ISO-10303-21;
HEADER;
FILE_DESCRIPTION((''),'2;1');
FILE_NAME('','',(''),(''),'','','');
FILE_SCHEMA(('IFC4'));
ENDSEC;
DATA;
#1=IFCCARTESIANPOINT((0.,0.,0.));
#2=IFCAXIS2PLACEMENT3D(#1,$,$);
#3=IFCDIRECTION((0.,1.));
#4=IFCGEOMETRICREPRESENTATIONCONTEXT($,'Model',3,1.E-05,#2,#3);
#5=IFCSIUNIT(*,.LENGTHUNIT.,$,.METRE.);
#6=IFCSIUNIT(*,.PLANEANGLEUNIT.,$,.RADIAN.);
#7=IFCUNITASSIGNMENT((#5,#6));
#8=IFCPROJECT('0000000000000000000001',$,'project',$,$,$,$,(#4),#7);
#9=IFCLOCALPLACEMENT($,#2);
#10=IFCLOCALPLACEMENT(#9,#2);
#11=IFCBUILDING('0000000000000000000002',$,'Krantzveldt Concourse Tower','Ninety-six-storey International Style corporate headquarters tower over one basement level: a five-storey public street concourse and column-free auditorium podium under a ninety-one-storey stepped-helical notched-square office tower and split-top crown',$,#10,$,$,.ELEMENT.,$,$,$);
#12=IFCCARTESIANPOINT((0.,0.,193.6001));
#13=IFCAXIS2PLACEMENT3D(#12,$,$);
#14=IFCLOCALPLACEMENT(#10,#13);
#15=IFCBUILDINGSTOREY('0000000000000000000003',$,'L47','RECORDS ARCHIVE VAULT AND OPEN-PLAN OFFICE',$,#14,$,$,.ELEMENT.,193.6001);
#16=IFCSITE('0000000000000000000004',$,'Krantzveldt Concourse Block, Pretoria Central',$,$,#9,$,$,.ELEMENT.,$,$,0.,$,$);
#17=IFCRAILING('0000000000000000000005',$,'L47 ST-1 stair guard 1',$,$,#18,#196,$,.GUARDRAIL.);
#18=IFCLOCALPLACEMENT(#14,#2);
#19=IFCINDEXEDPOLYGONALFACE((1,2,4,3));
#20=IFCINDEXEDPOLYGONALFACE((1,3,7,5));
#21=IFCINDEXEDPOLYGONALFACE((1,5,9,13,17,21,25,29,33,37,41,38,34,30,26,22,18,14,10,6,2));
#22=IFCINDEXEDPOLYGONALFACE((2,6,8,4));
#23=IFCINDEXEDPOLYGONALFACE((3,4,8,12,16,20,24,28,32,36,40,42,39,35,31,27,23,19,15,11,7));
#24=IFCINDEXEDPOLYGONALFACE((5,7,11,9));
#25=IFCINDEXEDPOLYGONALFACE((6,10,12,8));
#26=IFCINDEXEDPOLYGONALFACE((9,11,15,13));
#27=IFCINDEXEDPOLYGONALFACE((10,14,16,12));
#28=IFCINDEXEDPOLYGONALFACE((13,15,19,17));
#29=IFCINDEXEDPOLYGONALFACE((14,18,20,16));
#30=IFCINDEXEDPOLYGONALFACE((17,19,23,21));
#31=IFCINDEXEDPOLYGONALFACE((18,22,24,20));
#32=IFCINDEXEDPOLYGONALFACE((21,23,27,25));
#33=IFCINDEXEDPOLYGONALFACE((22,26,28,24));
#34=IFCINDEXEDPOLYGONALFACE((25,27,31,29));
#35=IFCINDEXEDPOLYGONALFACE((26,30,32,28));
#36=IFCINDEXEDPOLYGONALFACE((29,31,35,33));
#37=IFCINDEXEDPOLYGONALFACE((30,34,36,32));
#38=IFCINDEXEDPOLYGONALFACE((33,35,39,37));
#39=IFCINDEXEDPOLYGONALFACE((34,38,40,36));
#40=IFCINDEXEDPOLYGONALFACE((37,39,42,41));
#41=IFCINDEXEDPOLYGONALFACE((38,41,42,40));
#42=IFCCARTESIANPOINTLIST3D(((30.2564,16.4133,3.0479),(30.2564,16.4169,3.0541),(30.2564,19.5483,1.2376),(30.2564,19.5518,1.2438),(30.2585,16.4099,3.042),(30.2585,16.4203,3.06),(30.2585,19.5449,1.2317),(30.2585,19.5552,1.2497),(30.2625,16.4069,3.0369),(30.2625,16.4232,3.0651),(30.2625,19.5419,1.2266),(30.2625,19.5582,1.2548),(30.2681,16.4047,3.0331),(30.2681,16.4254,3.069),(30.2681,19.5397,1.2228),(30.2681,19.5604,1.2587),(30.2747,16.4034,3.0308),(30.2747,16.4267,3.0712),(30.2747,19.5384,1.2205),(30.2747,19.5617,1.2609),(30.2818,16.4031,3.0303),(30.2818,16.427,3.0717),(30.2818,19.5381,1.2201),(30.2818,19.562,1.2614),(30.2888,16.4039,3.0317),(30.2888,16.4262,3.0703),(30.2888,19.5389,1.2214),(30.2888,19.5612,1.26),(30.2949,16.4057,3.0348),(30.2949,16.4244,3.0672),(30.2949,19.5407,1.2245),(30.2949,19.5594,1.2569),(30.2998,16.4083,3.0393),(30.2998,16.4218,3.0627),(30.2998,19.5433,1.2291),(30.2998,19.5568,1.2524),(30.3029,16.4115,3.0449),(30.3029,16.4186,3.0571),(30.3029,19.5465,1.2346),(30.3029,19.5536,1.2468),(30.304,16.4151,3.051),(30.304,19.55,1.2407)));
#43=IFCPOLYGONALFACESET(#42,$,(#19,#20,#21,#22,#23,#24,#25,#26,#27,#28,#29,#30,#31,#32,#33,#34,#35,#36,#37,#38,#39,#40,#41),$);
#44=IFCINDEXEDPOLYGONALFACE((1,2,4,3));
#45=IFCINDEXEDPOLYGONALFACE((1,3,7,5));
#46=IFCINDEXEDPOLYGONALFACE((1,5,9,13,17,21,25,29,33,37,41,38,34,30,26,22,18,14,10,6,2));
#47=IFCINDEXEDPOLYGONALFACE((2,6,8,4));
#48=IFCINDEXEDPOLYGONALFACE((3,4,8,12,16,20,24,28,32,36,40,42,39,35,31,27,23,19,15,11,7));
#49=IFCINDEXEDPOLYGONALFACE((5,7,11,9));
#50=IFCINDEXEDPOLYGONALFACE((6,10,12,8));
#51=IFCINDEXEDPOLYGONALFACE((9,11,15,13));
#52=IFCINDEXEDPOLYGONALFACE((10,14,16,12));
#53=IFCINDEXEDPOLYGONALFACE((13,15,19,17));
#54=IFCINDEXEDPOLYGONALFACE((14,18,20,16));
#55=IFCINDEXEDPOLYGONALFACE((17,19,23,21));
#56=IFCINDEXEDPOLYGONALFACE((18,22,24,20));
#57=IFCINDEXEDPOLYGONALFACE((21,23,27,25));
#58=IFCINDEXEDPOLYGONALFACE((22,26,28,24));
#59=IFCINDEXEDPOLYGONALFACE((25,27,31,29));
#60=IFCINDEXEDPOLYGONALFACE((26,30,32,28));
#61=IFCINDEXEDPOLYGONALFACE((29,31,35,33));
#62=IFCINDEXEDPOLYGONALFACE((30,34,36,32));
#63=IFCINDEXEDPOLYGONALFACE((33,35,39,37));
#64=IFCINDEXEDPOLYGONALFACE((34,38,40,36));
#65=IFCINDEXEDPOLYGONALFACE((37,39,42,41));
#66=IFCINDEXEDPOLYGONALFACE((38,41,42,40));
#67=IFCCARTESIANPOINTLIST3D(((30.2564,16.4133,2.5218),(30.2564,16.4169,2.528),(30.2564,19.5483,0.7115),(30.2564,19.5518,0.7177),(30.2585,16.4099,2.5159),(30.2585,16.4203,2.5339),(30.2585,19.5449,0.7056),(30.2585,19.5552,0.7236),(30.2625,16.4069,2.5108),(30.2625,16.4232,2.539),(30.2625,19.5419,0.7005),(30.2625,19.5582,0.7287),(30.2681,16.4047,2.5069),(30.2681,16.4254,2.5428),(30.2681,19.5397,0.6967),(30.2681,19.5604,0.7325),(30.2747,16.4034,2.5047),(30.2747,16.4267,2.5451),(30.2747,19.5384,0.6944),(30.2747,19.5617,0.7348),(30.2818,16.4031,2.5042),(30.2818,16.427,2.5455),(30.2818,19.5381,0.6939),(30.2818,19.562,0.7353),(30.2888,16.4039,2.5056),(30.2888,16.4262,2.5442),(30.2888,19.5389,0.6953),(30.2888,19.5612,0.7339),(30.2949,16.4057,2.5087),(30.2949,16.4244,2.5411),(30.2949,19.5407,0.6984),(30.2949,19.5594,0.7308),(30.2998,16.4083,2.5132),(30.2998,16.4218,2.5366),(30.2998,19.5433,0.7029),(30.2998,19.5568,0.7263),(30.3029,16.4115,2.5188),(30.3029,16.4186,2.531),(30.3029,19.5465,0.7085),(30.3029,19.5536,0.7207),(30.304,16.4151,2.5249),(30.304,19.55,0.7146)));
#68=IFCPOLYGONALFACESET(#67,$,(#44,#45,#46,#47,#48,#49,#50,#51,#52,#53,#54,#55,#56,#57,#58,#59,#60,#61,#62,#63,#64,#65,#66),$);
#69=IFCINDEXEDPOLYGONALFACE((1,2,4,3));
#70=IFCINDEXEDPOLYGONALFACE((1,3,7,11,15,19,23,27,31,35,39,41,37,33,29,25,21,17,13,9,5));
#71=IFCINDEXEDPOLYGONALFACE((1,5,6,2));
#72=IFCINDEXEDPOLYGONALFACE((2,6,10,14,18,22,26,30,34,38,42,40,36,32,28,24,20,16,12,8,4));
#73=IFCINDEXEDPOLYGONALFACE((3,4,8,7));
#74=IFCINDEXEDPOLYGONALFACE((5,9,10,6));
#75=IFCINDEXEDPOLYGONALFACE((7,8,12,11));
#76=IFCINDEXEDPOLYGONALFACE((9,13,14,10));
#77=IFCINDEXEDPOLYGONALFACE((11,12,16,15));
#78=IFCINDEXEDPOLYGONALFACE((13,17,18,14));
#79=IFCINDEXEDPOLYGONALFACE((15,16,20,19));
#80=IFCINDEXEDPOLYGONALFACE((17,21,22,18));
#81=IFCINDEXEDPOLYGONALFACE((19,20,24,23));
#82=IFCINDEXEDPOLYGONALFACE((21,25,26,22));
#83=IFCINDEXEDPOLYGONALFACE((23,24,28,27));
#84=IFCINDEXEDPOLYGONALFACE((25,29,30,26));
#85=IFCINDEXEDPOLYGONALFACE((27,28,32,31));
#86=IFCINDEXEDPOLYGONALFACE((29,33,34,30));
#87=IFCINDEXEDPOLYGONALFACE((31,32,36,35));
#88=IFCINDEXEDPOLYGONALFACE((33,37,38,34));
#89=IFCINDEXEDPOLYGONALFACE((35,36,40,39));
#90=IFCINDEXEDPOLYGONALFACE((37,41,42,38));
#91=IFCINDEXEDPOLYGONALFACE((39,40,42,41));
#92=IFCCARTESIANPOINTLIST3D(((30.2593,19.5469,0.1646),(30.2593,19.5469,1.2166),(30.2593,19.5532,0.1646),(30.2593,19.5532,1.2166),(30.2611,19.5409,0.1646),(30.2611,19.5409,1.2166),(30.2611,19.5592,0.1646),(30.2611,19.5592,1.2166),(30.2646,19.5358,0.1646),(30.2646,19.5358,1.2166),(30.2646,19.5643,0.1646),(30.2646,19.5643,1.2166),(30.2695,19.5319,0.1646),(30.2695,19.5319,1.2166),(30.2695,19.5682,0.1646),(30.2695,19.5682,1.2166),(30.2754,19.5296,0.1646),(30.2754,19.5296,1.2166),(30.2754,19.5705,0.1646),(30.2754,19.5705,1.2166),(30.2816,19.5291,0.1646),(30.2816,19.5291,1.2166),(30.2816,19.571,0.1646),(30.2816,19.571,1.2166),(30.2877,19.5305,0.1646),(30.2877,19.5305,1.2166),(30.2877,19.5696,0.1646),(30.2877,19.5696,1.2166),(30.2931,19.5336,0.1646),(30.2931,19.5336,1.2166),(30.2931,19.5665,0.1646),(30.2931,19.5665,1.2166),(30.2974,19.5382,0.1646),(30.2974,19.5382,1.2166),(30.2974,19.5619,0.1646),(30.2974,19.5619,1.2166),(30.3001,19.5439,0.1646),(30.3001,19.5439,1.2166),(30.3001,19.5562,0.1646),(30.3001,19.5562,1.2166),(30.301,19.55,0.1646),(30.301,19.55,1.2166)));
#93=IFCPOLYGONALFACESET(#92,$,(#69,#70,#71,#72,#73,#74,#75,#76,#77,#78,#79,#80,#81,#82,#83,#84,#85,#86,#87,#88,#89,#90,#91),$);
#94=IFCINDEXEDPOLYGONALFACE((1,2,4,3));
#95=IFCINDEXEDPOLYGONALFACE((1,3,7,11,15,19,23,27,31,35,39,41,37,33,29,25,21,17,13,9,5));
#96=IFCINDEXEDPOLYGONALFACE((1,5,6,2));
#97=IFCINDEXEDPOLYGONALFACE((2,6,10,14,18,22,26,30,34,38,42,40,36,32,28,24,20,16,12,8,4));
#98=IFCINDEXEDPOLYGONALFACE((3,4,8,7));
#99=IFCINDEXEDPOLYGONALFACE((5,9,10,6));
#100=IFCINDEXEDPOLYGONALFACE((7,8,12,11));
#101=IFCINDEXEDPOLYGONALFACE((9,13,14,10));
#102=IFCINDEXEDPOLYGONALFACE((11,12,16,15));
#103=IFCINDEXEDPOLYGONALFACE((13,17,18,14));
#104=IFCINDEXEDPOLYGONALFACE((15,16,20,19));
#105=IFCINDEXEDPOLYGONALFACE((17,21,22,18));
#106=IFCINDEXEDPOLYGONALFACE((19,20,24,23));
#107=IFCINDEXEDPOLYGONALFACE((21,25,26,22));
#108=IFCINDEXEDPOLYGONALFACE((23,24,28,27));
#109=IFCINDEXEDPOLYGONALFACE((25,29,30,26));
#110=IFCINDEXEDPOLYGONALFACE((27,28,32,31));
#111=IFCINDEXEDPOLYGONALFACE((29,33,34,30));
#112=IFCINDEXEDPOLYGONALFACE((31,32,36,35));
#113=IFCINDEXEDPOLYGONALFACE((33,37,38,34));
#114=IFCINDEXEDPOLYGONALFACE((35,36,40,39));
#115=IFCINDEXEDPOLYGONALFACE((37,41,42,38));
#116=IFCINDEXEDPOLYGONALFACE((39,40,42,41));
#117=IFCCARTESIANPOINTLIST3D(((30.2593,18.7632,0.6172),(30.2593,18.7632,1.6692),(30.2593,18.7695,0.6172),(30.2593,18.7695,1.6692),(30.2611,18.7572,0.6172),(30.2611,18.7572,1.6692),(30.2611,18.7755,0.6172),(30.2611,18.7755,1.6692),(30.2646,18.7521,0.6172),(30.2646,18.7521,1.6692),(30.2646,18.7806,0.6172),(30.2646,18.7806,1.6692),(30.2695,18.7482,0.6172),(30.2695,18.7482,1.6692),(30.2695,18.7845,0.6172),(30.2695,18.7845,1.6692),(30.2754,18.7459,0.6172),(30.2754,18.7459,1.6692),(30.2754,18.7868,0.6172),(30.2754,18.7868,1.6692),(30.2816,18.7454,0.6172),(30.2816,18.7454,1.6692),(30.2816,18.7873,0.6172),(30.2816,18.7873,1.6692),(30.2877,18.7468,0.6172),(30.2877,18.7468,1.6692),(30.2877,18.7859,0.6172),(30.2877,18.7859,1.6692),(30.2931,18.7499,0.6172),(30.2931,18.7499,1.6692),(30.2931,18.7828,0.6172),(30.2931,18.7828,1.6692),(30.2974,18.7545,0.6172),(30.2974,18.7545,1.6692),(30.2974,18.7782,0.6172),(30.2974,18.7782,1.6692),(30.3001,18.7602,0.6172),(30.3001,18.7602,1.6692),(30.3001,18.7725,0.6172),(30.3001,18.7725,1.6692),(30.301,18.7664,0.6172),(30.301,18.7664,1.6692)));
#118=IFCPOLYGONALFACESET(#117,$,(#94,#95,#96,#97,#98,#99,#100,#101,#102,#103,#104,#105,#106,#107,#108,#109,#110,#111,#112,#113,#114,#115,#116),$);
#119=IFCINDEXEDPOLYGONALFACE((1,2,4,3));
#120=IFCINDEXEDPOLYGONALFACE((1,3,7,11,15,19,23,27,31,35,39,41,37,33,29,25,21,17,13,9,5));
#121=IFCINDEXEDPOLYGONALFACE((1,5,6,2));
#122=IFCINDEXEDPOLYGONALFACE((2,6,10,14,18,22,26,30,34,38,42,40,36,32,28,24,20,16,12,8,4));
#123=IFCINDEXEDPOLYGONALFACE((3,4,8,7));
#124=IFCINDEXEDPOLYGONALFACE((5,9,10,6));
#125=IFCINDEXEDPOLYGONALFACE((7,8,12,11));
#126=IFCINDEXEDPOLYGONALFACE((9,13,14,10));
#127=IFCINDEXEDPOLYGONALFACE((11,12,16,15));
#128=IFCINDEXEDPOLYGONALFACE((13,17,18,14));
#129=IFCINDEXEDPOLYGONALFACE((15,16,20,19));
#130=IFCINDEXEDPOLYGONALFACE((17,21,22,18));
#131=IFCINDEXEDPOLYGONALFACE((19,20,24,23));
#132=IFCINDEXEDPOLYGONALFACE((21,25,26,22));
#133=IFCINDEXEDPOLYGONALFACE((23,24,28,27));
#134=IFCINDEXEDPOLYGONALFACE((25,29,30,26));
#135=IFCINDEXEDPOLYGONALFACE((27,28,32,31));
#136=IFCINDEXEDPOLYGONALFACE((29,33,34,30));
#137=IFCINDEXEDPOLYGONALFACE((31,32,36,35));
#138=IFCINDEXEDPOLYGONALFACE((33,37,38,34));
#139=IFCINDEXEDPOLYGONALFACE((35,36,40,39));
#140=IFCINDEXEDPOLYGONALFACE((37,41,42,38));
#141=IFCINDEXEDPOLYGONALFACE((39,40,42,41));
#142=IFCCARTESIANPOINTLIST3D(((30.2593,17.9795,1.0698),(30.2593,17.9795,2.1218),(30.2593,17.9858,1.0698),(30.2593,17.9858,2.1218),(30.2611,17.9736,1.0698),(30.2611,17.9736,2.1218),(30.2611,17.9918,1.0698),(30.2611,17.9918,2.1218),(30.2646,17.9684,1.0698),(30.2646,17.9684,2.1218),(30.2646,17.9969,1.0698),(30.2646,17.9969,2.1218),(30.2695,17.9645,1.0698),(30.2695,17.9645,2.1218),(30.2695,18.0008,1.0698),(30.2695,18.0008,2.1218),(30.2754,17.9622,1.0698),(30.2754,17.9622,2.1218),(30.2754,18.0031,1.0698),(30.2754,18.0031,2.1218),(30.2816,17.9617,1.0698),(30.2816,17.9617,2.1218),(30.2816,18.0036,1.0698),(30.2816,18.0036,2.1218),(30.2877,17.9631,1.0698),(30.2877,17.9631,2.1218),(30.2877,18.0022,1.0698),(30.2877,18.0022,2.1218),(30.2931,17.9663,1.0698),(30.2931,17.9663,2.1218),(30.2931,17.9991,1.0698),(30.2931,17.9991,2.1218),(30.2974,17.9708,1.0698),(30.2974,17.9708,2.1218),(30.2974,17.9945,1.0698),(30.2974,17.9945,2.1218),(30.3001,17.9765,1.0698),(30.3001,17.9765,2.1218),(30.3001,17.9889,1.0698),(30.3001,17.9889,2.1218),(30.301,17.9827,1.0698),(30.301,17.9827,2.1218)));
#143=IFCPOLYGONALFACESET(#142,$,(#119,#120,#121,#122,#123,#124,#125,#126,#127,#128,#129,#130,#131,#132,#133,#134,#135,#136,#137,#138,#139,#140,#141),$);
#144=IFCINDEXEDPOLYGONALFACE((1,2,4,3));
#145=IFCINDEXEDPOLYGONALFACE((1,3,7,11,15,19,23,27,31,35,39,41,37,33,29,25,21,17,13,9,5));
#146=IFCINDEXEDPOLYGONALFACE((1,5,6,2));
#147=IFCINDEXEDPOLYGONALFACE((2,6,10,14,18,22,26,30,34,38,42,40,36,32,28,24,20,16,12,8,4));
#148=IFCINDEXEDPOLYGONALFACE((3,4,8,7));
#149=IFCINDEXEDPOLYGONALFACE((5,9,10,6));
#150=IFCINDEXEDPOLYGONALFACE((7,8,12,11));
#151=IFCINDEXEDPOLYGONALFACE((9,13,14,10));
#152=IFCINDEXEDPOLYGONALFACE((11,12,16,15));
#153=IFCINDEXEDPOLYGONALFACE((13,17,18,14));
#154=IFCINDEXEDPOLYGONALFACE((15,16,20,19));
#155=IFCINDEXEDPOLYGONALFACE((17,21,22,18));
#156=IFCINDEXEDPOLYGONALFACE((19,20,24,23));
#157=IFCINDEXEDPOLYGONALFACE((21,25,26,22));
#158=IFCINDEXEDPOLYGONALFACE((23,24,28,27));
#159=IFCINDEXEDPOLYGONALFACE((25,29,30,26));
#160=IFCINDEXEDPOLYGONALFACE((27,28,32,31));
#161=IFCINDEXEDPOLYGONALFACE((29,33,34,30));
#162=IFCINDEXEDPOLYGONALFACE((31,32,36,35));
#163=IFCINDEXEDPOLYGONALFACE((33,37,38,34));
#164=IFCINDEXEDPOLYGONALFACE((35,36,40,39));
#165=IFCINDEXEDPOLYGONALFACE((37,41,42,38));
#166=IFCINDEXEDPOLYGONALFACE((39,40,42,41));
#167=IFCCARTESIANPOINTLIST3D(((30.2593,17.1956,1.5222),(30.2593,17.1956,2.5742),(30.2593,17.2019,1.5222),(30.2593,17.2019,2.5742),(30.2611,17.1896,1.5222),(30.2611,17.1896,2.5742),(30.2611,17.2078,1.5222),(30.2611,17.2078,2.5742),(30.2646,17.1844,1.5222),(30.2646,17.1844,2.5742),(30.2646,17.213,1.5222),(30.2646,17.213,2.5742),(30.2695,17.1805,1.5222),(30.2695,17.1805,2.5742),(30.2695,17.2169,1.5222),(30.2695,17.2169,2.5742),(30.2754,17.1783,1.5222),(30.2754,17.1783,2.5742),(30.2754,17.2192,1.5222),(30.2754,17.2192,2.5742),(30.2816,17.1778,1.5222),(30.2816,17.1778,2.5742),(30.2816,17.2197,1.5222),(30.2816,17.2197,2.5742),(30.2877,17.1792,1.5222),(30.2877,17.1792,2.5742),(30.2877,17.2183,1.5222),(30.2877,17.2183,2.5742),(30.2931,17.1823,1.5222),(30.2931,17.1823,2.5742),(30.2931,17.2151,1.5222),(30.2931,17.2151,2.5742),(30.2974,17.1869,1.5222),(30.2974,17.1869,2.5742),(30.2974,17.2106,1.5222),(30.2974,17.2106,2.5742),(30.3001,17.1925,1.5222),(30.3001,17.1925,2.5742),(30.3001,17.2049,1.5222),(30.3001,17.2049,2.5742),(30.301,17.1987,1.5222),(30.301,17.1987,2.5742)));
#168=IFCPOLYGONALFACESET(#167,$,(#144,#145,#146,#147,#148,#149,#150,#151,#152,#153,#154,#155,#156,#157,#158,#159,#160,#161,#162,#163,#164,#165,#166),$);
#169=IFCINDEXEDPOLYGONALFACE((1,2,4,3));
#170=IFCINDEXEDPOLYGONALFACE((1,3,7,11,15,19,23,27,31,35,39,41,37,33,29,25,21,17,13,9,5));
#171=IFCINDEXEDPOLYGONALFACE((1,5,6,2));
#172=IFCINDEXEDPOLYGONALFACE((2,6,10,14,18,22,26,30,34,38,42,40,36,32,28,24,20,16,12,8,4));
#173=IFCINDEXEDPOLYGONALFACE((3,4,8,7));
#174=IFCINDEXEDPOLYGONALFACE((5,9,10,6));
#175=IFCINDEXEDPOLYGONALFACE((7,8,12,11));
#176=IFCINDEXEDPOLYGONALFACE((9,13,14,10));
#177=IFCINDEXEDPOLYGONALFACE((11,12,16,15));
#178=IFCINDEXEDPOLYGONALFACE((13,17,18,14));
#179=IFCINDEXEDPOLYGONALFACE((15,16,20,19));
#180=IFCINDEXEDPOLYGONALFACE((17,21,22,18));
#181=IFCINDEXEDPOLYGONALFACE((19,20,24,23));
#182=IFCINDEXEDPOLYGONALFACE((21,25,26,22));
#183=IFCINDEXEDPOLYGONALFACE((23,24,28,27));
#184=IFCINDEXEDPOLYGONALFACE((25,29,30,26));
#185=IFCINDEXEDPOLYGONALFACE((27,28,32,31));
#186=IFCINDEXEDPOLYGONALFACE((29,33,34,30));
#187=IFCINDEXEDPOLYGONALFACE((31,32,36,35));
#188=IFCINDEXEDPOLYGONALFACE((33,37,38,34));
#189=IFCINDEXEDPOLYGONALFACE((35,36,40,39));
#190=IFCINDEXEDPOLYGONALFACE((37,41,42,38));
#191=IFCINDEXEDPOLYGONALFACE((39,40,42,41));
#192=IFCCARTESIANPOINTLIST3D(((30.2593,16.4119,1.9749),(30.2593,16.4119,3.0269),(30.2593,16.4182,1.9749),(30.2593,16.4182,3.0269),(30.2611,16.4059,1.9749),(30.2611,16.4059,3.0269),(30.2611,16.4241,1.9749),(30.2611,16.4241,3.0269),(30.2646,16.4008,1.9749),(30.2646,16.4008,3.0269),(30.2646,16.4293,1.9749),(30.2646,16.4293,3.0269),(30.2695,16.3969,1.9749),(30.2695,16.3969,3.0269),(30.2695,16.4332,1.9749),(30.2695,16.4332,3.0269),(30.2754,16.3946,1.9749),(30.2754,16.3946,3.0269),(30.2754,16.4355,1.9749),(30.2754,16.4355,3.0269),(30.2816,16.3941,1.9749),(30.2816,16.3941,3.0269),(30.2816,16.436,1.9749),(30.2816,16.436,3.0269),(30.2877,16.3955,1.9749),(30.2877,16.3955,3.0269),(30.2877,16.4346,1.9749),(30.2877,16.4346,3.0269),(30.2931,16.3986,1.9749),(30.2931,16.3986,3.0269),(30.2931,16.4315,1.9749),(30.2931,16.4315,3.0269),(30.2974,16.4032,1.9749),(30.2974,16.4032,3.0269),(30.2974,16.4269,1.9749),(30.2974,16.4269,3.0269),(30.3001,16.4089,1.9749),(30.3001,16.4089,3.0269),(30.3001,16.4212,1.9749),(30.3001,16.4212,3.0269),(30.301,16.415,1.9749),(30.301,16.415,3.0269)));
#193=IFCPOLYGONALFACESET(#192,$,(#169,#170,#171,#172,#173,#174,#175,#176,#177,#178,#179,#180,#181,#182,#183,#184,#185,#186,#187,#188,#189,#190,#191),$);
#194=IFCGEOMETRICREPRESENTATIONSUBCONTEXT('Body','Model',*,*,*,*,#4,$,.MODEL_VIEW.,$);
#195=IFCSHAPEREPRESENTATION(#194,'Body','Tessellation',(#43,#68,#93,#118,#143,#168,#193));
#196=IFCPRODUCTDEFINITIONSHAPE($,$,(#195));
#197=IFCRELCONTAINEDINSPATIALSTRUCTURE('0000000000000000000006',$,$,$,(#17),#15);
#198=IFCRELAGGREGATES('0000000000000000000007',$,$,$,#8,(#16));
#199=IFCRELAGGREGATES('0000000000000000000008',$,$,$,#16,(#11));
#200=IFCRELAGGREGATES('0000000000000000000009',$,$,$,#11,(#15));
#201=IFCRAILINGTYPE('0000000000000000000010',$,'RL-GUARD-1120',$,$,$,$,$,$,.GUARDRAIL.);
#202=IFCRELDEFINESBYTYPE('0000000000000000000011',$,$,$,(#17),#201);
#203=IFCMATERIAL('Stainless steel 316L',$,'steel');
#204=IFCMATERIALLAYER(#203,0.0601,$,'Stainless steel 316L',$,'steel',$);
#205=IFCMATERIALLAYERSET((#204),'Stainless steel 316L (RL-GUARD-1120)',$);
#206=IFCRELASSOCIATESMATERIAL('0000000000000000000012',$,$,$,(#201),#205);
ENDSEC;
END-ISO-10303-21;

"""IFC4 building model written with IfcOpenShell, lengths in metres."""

from ifc_helpers import new_model, si_unit, direction, frame, origin, origin_2d, place, context, subcontext, project, spatial, circle, extrude, material, layer, layer_set, type_object, element, save


model = new_model("IFC4")

# Units and contexts
model_context = context("Model", 3, precision=1e-05, world=origin(), true_north=direction((0.0, 1.0)))
body_context = subcontext(model_context, "Body", "Model", "MODEL_VIEW")
ifc_project = project(units=[si_unit("LENGTHUNIT", "METRE"), si_unit("PLANEANGLEUNIT", "RADIAN")], contexts=[model_context])

# Site, building, storey
site_placement = place(None, origin())
site = spatial("IfcSite", under=ifc_project, at=site_placement, Name="Krantzveldt Concourse Block, Pretoria Central", CompositionType="ELEMENT", RefElevation=0.0)
building_placement = place(site_placement, origin())
building = spatial("IfcBuilding", under=site, at=building_placement, Name="Krantzveldt Concourse Tower", Description="Ninety-six-storey International Style corporate headquarters tower over one basement level: a five-storey public street concourse and column-free auditorium podium under a ninety-one-storey stepped-helical notched-square office tower and split-top crown", CompositionType="ELEMENT")
storey_placement = place(building_placement, frame((0.0, 0.0, 193.6001)))
storey = spatial("IfcBuildingStorey", under=building, at=storey_placement, Name="L47", Description="RECORDS ARCHIVE VAULT AND OPEN-PLAN OFFICE", CompositionType="ELEMENT", Elevation=193.6001)

# Shared definitions
ifc_material_1 = material(Name="Stainless steel 316L", Category="steel")

# Railing
ifc_layer_1 = layer(ifc_material_1, 0.0601, Name="Stainless steel 316L", Category="steel")
ifc_layer_set_1 = layer_set([ifc_layer_1], Name="Stainless steel 316L (RL-GUARD-1120)")
railing_type_1 = type_object("IfcRailingType", Name="RL-GUARD-1120", PredefinedType="GUARDRAIL", material=ifc_layer_set_1)
railing_1_placement = place(storey_placement, frame((30.28, 19.55, 0.1646)))
element("IfcRailing", 1, at=railing_1_placement, inside=storey, type_object=railing_type_1, Name="L47 ST-1 stair guard 1", PredefinedType="GUARDRAIL", context=body_context, shape_type="SweptSolid", body=[
    extrude(circle(Radius=0.0239, at=origin_2d()), frame((0.0, 0.0, 1.0762), z_axis=(0.0, -0.865989, 0.500063), x_axis=(1.0, 0.0, 0.0)), (0.0, 0.0, 1.0), 3.6201),
    extrude(circle(Radius=0.0239, at=origin_2d()), frame((0.0, 0.0, 0.55), z_axis=(0.0, -0.865989, 0.500063), x_axis=(1.0, 0.0, 0.0)), (0.0, 0.0, 1.0), 3.6201),
    extrude(circle(Radius=0.021, at=origin_2d()), origin(), (0.0, 0.0, 1.0), 1.052),
    extrude(circle(Radius=0.021, at=origin_2d()), frame((0.0, -0.7837, 0.4526)), (0.0, 0.0, 1.0), 1.052),
    extrude(circle(Radius=0.021, at=origin_2d()), frame((0.0, -1.5674, 0.9053)), (0.0, 0.0, 1.0), 1.052),
    extrude(circle(Radius=0.021, at=origin_2d()), frame((0.0, -2.3513, 1.3577)), (0.0, 0.0, 1.0), 1.052),
    extrude(circle(Radius=0.021, at=origin_2d()), frame((0.0, -3.135, 1.8103)), (0.0, 0.0, 1.0), 1.052),
])

save(model, "model.ifc")
